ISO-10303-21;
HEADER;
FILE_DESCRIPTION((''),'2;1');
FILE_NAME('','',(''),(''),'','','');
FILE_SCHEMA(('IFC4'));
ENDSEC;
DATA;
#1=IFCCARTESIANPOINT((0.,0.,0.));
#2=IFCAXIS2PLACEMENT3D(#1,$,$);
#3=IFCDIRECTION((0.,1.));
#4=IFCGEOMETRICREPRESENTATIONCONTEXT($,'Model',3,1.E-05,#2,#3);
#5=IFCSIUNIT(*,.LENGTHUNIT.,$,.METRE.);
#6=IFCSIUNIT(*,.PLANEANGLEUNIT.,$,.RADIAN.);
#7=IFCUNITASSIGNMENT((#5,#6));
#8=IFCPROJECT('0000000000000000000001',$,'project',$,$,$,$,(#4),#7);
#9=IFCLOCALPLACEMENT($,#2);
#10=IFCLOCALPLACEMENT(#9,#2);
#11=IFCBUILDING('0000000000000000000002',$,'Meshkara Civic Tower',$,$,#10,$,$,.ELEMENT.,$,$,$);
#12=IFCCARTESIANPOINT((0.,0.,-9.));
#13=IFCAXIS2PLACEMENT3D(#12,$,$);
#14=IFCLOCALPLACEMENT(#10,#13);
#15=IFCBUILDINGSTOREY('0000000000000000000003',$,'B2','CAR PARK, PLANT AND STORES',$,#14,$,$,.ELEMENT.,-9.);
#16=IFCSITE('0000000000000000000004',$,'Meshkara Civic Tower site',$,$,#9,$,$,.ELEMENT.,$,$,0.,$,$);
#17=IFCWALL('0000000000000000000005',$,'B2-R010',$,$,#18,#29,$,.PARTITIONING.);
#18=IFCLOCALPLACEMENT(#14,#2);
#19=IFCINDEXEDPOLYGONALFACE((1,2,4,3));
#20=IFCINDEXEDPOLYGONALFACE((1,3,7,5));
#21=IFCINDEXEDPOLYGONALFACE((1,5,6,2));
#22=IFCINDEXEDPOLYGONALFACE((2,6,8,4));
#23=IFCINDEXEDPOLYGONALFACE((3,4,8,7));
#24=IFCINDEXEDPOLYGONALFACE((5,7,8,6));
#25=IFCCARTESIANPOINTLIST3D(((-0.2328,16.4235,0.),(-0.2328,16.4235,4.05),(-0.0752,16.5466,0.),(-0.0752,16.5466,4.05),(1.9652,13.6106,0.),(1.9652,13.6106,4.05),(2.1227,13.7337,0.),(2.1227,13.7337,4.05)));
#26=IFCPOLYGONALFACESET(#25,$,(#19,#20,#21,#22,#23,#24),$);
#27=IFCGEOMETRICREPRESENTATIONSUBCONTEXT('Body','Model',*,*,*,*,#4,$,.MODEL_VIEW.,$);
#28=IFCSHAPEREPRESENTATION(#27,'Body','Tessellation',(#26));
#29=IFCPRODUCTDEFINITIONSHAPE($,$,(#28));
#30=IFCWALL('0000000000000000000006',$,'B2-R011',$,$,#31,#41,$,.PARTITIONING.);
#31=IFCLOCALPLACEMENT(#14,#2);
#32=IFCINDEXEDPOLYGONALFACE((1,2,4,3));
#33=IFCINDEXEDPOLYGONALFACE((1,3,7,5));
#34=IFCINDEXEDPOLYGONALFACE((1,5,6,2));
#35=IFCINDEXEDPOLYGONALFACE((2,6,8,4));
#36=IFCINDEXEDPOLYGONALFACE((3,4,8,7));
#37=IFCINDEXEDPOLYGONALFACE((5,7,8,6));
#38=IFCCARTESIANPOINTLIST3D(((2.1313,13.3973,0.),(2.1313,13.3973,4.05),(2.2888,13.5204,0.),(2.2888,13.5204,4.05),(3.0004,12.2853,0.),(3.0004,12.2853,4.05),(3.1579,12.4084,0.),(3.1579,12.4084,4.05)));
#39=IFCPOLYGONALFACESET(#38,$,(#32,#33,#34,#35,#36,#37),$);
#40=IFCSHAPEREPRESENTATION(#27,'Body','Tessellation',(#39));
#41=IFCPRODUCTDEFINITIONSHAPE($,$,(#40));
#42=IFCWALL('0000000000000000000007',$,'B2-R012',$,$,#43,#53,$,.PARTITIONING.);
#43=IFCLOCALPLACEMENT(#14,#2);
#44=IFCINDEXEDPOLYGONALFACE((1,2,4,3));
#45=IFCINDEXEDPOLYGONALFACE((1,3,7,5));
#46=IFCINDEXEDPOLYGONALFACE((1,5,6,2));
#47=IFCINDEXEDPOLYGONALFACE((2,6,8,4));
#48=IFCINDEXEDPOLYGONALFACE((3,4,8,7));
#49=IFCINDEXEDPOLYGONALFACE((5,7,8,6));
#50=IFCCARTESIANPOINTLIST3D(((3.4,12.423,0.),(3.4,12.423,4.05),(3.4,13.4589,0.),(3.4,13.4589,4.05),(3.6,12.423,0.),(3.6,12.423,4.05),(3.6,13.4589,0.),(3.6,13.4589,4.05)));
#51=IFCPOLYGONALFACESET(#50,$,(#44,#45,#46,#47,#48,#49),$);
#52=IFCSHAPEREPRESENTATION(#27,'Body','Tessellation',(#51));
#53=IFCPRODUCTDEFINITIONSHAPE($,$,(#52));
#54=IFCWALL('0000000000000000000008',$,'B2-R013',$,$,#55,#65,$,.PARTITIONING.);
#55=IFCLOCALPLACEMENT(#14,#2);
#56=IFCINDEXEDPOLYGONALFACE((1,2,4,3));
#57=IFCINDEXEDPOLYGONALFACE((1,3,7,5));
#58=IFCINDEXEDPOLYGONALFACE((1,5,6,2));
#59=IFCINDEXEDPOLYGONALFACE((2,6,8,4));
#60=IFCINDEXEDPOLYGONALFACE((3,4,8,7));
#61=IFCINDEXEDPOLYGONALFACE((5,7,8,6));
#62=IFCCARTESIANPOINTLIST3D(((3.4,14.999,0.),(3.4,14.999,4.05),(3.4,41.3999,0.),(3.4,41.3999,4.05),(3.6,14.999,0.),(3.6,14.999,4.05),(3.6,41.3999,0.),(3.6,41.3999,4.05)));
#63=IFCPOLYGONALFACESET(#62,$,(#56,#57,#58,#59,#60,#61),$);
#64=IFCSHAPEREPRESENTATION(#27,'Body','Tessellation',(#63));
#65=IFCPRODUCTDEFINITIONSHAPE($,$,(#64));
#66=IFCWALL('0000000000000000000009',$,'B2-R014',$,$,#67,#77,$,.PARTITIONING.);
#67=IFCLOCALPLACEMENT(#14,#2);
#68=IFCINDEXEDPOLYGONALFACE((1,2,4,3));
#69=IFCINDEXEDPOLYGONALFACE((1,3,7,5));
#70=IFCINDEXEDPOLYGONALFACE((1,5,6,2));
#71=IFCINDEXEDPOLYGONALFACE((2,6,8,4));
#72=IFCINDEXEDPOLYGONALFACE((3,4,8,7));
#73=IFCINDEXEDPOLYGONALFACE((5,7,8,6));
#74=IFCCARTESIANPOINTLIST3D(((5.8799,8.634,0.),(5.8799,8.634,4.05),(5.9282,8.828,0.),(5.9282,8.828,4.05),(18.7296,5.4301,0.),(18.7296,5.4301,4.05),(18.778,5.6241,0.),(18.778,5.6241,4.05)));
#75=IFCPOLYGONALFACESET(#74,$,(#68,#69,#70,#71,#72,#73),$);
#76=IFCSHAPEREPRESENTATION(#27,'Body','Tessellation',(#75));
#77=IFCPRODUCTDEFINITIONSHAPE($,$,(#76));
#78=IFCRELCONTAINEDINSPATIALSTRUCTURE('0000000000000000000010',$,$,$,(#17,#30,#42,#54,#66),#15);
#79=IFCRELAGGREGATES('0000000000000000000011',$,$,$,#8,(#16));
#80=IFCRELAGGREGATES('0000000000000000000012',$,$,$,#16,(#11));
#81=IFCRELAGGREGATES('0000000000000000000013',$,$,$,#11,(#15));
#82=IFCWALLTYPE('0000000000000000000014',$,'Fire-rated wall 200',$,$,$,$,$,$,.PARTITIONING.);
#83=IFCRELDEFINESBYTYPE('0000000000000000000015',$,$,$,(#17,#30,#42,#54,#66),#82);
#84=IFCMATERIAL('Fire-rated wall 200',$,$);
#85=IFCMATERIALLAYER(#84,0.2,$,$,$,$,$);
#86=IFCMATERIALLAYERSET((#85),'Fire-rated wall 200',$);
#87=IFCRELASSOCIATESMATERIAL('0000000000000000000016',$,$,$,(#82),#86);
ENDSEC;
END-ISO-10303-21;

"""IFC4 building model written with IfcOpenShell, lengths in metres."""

from ifc_helpers import new_model, si_unit, direction, frame, frame_2d, origin, place, context, subcontext, project, spatial, rectangle, extrude, material, layer, layer_set, type_object, element, save


model = new_model("IFC4")

# Units and contexts
model_context = context("Model", 3, precision=1e-05, world=origin(), true_north=direction((0.0, 1.0)))
body_context = subcontext(model_context, "Body", "Model", "MODEL_VIEW")
ifc_project = project(units=[si_unit("LENGTHUNIT", "METRE"), si_unit("PLANEANGLEUNIT", "RADIAN")], contexts=[model_context])

# Site, building, storey
site_placement = place(None, origin())
site = spatial("IfcSite", under=ifc_project, at=site_placement, Name="Meshkara Civic Tower site", CompositionType="ELEMENT", RefElevation=0.0)
building_placement = place(site_placement, origin())
building = spatial("IfcBuilding", under=site, at=building_placement, Name="Meshkara Civic Tower", CompositionType="ELEMENT")
storey_placement = place(building_placement, frame((0.0, 0.0, -9.0)))
storey = spatial("IfcBuildingStorey", under=building, at=storey_placement, Name="B2", Description="CAR PARK, PLANT AND STORES", CompositionType="ELEMENT", Elevation=-9.0)

# Walls
ifc_material_1 = material(Name="Fire-rated wall 200")
ifc_layer_1 = layer(ifc_material_1, 0.2)
ifc_layer_set_1 = layer_set([ifc_layer_1], Name="Fire-rated wall 200")
wall_type_1 = type_object("IfcWallType", Name="Fire-rated wall 200", PredefinedType="PARTITIONING", material=ifc_layer_set_1)
wall_1_placement = place(storey_placement, frame((2.0439, 13.6721, 0.0), z_axis=(0.0, 0.0, 1.0), x_axis=(-0.615705, 0.787977, 0.0)))
element("IfcWall", 1, at=wall_1_placement, inside=storey, type_object=wall_type_1, Name="B2-R010", PredefinedType="PARTITIONING", context=body_context, shape_type="SweptSolid", body=[
    extrude(rectangle(XDim=3.5698, YDim=0.2, at=frame_2d((1.7849, 0.0))), origin(), (0.0, 0.0, 1.0), 4.05),
])
wall_2_placement = place(storey_placement, frame((3.0791, 12.3469, 0.0), z_axis=(0.0, 0.0, 1.0), x_axis=(-0.615795, 0.787906, 0.0)))
element("IfcWall", 2, at=wall_2_placement, inside=storey, type_object=wall_type_1, Name="B2-R011", PredefinedType="PARTITIONING", context=body_context, shape_type="SweptSolid", body=[
    extrude(rectangle(XDim=1.4114, YDim=0.2, at=frame_2d((0.7056, 0.0))), origin(), (0.0, 0.0, 1.0), 4.05),
])
wall_3_placement = place(storey_placement, frame((3.5, 13.459, 0.0), z_axis=(0.0, 0.0, 1.0), x_axis=(0.0, -1.0, 0.0)))
element("IfcWall", 3, at=wall_3_placement, inside=storey, type_object=wall_type_1, Name="B2-R012", PredefinedType="PARTITIONING", context=body_context, shape_type="SweptSolid", body=[
    extrude(rectangle(XDim=1.0359, YDim=0.2, at=frame_2d((0.5181, 0.0))), origin(), (0.0, 0.0, 1.0), 4.05),
])
wall_4_placement = place(storey_placement, frame((3.5, 14.999, 0.0), z_axis=(0.0, 0.0, 1.0), x_axis=(0.0, 1.0, 0.0)))
element("IfcWall", 4, at=wall_4_placement, inside=storey, type_object=wall_type_1, Name="B2-R013", PredefinedType="PARTITIONING", context=body_context, shape_type="SweptSolid", body=[
    extrude(rectangle(XDim=26.4009, YDim=0.2, at=frame_2d((13.2004, 0.0))), origin(), (0.0, 0.0, 1.0), 4.05),
])
wall_5_placement = place(storey_placement, frame((5.9041, 8.731, 0.0), z_axis=(0.0, 0.0, 1.0), x_axis=(0.970295, -0.241924, 0.0)))
element("IfcWall", 5, at=wall_5_placement, inside=storey, type_object=wall_type_1, Name="B2-R014", PredefinedType="PARTITIONING", context=body_context, shape_type="SweptSolid", body=[
    extrude(rectangle(XDim=13.2432, YDim=0.2, at=frame_2d((6.6216, 0.0))), origin(), (0.0, 0.0, 1.0), 4.05),
])

save(model, "model.ifc")
